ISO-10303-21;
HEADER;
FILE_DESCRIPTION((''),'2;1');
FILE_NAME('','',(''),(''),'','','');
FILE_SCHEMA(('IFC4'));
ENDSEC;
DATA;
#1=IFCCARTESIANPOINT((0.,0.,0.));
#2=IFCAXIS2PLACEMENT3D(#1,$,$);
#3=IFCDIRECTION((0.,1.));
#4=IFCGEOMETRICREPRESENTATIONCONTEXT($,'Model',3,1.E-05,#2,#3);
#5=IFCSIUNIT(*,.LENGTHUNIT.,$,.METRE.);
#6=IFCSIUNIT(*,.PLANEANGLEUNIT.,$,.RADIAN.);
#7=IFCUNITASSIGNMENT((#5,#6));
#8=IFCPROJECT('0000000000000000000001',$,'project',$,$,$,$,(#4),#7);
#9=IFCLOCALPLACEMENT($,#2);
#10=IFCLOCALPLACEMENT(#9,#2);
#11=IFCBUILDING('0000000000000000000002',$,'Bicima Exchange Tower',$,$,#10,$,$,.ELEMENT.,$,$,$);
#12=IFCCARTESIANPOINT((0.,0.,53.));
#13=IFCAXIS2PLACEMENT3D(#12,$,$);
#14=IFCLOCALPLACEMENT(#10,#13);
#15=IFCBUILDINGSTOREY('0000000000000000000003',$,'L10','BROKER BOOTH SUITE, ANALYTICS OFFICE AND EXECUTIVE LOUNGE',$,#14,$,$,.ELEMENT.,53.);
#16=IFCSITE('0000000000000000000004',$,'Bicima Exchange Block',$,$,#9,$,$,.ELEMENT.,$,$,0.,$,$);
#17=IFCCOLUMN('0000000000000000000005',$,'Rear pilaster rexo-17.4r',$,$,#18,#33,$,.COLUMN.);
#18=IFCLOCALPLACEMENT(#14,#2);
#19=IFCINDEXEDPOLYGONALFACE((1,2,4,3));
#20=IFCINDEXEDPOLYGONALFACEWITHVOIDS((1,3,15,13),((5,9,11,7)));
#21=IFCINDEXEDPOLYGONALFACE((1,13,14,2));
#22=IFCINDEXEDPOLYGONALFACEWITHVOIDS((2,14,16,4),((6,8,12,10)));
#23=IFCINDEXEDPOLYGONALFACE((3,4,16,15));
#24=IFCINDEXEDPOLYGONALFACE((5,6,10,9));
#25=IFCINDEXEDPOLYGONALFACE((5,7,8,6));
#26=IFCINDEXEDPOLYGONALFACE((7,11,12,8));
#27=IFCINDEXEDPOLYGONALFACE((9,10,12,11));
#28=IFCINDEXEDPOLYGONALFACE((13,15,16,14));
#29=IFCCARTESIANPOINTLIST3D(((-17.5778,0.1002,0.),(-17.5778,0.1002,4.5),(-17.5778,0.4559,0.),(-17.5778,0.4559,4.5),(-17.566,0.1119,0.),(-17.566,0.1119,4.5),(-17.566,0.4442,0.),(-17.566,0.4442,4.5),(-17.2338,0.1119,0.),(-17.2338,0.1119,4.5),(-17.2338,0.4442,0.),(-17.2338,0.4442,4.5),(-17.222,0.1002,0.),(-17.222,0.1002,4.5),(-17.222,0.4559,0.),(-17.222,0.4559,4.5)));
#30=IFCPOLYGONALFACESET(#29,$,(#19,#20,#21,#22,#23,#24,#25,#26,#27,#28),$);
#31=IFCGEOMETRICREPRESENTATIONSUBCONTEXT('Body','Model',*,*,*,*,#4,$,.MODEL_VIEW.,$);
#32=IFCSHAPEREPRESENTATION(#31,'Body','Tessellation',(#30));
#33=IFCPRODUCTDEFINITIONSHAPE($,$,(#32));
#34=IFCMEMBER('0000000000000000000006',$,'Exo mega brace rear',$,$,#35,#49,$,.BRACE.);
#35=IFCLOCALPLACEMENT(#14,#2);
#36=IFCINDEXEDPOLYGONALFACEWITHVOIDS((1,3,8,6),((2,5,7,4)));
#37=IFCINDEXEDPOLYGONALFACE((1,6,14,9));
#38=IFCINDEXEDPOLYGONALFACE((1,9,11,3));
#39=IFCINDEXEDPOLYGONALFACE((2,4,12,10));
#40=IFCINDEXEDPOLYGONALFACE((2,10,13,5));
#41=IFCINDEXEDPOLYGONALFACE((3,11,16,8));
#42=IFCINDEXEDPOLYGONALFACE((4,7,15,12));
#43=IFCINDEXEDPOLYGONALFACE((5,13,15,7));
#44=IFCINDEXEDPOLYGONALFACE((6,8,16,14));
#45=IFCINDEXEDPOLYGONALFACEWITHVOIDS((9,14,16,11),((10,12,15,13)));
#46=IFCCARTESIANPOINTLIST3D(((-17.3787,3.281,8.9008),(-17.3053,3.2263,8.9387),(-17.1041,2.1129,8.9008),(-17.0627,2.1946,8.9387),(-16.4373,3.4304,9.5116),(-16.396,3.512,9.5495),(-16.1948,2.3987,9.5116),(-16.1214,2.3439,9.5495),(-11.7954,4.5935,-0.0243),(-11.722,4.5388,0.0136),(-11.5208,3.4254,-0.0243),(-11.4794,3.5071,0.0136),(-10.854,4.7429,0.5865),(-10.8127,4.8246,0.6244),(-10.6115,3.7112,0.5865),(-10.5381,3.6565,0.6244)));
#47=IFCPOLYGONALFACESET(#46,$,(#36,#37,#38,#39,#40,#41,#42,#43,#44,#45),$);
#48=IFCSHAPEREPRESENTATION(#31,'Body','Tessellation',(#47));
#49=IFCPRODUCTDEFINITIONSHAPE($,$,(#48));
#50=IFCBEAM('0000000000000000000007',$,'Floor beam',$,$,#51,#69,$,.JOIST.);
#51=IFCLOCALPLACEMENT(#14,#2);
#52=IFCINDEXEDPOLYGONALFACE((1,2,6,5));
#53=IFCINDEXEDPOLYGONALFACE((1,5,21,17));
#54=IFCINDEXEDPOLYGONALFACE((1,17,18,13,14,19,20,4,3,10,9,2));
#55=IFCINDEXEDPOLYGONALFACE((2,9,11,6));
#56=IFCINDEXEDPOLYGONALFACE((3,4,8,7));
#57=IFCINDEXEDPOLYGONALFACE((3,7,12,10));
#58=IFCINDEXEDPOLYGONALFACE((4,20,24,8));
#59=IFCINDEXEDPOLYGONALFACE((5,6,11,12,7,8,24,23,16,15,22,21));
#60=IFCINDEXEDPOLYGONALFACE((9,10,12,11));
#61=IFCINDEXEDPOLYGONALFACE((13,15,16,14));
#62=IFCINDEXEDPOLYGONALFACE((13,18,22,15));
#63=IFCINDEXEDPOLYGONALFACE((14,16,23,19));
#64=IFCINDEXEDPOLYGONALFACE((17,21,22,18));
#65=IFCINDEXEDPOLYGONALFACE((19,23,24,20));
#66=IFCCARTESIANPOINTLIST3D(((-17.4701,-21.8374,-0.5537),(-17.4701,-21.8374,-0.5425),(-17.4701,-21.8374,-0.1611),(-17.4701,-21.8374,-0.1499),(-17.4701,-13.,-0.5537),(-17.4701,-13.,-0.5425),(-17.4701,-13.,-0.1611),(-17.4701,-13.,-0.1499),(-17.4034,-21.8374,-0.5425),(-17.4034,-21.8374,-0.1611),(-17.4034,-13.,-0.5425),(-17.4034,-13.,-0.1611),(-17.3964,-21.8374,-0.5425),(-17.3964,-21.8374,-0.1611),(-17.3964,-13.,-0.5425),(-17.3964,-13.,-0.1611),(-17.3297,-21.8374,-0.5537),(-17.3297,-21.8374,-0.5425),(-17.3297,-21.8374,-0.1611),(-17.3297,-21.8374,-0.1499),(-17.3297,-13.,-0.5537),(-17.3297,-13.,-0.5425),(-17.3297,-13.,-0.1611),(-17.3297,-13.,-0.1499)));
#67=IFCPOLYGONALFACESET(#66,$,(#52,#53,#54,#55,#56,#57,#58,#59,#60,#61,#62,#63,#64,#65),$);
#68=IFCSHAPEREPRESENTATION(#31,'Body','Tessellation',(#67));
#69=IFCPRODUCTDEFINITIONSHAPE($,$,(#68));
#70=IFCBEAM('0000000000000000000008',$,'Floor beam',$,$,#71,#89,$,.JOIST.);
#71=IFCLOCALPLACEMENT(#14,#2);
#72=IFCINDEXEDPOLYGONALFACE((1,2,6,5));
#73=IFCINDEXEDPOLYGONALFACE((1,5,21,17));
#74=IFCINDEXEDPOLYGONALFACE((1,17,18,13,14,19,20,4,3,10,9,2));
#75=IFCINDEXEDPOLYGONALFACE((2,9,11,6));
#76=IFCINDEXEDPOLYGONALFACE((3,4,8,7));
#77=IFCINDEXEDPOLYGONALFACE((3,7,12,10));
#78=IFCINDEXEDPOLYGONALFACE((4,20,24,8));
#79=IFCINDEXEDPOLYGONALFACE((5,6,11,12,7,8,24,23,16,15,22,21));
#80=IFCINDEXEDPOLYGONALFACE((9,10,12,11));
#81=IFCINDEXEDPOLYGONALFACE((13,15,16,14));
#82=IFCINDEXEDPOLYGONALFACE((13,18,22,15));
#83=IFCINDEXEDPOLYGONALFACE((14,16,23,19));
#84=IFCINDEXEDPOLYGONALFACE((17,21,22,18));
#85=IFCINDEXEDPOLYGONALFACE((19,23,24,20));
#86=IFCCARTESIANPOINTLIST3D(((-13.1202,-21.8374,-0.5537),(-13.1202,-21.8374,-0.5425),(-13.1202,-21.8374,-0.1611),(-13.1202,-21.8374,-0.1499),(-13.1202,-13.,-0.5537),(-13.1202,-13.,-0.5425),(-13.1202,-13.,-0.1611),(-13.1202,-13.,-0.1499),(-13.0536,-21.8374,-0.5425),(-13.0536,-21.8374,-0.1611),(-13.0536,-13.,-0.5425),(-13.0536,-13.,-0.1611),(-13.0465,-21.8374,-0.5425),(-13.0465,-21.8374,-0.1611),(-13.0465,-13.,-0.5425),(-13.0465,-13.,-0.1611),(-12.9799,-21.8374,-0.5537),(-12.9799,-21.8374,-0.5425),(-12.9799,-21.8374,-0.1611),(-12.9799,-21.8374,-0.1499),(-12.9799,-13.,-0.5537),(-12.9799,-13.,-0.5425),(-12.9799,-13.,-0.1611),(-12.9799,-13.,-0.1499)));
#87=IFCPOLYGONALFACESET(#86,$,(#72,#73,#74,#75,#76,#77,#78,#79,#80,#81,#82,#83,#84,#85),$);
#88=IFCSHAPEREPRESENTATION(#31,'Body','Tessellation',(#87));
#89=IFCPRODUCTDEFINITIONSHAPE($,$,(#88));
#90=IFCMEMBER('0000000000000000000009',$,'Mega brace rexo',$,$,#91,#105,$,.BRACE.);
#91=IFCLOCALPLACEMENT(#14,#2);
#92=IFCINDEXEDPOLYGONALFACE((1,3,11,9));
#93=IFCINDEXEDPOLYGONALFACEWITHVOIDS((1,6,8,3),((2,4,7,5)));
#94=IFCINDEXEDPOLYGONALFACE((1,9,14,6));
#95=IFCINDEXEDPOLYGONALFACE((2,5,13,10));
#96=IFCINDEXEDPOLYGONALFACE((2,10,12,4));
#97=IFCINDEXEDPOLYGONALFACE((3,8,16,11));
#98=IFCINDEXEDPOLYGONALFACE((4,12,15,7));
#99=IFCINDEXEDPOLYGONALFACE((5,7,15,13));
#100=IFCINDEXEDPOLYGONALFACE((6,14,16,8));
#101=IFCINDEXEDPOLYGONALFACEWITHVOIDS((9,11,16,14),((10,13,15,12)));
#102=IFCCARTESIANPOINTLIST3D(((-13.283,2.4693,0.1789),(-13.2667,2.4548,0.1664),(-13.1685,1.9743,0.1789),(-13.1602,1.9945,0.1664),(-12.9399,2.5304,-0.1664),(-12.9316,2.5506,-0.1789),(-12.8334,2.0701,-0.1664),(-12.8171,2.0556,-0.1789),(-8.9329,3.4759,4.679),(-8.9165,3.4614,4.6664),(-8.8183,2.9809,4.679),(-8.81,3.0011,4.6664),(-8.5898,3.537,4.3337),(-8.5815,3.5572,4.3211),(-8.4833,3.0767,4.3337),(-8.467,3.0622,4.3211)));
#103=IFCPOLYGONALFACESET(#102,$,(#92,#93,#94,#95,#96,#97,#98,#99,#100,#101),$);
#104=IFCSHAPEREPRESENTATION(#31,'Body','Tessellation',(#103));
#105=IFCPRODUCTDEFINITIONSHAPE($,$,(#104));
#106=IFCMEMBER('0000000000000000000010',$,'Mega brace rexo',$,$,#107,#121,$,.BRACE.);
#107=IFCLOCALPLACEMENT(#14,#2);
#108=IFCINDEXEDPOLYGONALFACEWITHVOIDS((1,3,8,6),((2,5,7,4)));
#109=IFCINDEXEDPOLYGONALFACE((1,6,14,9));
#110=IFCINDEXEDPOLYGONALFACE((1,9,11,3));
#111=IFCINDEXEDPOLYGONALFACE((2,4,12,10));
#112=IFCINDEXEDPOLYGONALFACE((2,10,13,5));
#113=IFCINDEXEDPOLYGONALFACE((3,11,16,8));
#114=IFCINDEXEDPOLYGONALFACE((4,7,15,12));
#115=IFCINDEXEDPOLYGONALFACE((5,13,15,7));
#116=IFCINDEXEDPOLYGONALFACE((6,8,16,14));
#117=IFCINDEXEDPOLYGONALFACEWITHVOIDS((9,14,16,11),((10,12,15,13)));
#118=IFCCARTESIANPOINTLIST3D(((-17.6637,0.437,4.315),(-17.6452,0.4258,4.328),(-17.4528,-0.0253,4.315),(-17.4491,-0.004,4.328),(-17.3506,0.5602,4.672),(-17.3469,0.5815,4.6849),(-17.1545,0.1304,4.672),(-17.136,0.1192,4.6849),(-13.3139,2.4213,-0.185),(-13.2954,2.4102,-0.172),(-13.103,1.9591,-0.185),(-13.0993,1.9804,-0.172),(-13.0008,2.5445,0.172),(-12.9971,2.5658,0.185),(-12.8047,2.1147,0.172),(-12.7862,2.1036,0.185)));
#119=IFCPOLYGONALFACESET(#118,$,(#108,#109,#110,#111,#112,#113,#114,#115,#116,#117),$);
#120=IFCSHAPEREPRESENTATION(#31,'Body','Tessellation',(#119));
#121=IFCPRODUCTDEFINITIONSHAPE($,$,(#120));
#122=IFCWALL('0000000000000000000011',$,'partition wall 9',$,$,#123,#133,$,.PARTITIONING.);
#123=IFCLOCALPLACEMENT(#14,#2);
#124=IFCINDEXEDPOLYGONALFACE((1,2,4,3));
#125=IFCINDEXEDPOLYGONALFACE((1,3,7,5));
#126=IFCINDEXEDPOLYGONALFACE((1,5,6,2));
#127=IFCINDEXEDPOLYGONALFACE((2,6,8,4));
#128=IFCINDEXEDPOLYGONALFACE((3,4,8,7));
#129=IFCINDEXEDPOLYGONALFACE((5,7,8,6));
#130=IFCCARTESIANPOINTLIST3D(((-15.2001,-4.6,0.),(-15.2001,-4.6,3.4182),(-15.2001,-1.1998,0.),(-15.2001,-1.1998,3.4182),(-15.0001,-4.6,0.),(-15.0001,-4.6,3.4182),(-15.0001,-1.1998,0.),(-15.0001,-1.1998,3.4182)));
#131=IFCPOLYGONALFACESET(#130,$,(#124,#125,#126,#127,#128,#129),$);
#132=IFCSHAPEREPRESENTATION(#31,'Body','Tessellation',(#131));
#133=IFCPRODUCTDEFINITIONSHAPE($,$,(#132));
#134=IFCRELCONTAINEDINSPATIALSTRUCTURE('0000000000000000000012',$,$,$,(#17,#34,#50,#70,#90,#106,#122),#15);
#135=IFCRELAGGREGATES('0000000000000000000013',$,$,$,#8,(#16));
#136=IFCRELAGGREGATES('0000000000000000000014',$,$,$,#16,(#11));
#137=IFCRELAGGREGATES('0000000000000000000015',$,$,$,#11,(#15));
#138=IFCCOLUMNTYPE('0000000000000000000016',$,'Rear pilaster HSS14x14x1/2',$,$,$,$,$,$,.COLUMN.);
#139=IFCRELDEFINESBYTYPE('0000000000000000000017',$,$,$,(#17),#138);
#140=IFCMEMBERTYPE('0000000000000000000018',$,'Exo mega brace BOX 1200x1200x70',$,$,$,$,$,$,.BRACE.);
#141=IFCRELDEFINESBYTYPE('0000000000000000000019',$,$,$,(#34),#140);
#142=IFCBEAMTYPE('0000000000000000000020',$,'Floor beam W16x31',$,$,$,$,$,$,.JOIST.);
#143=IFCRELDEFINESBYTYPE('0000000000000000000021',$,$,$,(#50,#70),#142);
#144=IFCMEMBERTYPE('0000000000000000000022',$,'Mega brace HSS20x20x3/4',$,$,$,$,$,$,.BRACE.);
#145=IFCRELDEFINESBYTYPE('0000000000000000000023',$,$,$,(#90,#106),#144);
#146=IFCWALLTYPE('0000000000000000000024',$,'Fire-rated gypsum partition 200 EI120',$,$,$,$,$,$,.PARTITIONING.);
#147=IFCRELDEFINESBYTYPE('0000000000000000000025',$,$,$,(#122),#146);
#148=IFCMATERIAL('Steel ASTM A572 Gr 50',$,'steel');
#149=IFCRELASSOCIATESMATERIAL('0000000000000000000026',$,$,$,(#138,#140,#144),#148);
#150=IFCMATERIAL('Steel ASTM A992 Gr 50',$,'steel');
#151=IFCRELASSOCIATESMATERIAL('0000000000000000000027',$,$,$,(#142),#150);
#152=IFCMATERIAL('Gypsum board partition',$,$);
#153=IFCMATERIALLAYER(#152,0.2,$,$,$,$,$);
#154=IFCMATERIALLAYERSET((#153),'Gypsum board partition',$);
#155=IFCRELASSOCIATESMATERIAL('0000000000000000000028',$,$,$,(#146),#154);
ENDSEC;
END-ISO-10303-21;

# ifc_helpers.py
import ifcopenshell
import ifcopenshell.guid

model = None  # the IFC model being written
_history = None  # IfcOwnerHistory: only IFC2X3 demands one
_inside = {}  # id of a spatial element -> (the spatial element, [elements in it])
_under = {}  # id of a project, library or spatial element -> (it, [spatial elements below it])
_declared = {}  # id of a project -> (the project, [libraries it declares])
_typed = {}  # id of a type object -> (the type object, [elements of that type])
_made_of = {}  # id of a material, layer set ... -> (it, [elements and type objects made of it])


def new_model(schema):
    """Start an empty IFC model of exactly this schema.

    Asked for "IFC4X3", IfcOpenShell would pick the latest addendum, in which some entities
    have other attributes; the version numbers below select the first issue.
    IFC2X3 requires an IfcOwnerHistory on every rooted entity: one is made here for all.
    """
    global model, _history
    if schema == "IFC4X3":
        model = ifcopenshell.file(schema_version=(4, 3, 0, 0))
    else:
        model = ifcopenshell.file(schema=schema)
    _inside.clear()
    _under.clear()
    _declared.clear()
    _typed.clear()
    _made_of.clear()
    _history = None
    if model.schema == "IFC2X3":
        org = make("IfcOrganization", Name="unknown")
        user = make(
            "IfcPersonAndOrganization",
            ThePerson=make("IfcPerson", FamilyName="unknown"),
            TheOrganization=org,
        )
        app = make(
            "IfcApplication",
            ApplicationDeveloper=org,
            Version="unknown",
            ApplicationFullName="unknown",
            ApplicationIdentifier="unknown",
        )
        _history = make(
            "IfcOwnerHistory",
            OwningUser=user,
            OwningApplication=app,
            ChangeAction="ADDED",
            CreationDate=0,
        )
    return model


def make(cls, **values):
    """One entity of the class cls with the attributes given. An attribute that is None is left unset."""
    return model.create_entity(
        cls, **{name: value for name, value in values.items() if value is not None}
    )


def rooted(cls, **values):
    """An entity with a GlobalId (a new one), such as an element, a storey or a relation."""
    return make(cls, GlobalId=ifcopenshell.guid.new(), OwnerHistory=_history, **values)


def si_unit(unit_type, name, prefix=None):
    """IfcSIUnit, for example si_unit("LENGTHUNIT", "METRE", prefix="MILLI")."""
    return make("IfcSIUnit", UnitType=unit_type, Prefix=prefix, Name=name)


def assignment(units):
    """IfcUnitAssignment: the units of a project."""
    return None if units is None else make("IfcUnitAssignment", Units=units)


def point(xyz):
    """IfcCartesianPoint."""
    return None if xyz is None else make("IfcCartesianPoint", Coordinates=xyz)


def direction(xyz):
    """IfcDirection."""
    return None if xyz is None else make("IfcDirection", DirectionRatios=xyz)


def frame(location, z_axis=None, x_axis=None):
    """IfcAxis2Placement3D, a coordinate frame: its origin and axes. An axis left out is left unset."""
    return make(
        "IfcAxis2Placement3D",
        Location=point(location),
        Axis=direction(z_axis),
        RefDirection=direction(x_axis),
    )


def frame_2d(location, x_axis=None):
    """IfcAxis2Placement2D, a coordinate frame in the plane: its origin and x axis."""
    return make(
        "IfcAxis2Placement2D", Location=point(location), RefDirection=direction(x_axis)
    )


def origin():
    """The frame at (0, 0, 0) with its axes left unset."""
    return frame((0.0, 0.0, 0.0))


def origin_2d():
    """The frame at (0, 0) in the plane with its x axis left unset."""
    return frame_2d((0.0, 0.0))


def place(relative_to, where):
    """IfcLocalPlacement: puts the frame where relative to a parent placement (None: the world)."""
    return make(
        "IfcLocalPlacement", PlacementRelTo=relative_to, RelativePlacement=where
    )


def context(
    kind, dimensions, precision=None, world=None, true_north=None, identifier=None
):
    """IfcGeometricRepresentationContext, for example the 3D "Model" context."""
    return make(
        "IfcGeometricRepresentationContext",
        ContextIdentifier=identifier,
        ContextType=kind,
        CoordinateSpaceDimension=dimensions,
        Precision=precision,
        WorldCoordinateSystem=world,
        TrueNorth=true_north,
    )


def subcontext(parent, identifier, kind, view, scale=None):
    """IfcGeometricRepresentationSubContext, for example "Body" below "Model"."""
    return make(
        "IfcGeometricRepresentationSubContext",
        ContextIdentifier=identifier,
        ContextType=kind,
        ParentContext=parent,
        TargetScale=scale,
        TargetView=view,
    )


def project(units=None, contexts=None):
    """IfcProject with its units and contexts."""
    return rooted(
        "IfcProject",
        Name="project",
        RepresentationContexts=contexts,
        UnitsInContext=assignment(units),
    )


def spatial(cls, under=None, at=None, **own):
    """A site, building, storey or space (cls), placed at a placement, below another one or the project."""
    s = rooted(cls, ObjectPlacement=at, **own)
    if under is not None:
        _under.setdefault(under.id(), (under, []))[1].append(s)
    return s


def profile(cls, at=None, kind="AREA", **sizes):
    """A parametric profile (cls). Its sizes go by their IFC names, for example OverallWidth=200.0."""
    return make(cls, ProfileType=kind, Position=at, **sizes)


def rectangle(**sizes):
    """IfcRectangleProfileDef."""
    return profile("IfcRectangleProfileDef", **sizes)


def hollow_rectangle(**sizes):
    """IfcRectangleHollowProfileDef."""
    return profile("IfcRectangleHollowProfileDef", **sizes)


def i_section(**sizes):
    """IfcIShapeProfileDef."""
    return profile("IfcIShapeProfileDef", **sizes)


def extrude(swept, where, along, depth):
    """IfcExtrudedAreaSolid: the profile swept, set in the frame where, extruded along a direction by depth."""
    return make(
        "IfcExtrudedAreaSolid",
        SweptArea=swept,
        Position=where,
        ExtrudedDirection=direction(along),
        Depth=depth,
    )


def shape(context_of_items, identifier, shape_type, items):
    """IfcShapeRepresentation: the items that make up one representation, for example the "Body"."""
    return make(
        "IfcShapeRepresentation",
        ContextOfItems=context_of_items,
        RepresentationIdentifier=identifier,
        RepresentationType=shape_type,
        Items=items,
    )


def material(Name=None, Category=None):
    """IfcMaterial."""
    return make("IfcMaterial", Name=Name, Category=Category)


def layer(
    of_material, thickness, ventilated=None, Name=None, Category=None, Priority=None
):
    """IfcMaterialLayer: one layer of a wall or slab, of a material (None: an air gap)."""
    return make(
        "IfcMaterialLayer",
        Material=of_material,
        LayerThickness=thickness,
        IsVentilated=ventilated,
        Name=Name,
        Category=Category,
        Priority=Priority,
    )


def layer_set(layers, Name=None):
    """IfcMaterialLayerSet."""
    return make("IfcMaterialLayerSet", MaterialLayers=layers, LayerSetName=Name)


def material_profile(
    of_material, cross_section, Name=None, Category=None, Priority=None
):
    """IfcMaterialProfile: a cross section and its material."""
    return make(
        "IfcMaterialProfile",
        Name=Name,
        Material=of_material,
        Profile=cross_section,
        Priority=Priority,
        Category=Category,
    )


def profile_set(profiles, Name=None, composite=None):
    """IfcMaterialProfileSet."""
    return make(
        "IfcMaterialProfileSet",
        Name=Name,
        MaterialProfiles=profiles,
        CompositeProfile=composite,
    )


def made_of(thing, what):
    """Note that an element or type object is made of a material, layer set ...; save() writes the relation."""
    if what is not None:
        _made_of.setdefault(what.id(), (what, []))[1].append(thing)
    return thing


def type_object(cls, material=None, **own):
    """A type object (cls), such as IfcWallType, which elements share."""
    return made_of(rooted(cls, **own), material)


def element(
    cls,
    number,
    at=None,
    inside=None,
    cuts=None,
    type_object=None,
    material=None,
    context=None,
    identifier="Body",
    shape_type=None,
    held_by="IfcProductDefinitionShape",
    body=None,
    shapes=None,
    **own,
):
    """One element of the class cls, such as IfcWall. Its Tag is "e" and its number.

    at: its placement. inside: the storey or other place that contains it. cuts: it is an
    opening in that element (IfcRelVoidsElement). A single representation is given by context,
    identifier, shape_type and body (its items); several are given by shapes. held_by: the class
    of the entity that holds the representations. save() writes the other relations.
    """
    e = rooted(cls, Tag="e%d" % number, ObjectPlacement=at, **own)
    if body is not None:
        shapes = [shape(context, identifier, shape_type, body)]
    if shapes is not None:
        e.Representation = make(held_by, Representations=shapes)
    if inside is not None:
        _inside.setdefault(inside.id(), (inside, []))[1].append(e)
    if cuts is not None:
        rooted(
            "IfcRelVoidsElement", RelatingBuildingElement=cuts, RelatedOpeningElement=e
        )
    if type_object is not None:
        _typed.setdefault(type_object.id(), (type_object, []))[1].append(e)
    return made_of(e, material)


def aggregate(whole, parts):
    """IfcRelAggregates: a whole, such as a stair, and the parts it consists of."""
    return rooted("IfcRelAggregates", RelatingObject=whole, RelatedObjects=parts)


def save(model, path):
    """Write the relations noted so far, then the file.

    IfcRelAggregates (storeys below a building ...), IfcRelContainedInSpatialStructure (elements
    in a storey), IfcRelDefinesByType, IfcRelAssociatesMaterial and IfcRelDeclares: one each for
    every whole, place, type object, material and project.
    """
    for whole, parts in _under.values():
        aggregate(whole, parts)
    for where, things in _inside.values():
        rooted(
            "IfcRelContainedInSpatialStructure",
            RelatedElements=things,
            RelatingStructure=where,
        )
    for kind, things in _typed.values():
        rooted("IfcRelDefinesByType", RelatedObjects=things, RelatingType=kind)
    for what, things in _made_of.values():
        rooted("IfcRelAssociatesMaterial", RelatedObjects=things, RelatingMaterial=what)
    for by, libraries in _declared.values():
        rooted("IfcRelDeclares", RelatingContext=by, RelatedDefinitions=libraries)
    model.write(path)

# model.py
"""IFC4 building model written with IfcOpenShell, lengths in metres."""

from ifc_helpers import new_model, si_unit, direction, frame, frame_2d, origin, origin_2d, place, context, subcontext, project, spatial, rectangle, hollow_rectangle, i_section, extrude, material, layer, layer_set, material_profile, profile_set, type_object, element, save


model = new_model("IFC4")

# Units and contexts
model_context = context("Model", 3, precision=1e-05, world=origin(), true_north=direction((0.0, 1.0)))
body_context = subcontext(model_context, "Body", "Model", "MODEL_VIEW")
ifc_project = project(units=[si_unit("LENGTHUNIT", "METRE"), si_unit("PLANEANGLEUNIT", "RADIAN")], contexts=[model_context])

# Site, building, storey
site_placement = place(None, origin())
site = spatial("IfcSite", under=ifc_project, at=site_placement, Name="Bicima Exchange Block", CompositionType="ELEMENT", RefElevation=0.0)
building_placement = place(site_placement, origin())
building = spatial("IfcBuilding", under=site, at=building_placement, Name="Bicima Exchange Tower", CompositionType="ELEMENT")
storey_placement = place(building_placement, frame((0.0, 0.0, 53.0)))
storey = spatial("IfcBuildingStorey", under=building, at=storey_placement, Name="L10", Description="BROKER BOOTH SUITE, ANALYTICS OFFICE AND EXECUTIVE LOUNGE", CompositionType="ELEMENT", Elevation=53.0)

# Column
ifc_material_1 = material(Name="Steel ASTM A572 Gr 50", Category="steel")
ifc_material_profile_1 = material_profile(ifc_material_1, hollow_rectangle(XDim=0.3557, YDim=0.3557, WallThickness=0.0117, at=origin_2d()))
ifc_profile_set_1 = profile_set([ifc_material_profile_1], Name="Steel ASTM A572 Gr 50")
column_type = type_object("IfcColumnType", Name="Rear pilaster HSS14x14x1/2", PredefinedType="COLUMN", material=ifc_profile_set_1)
column_placement = place(storey_placement, frame((-17.3999, 0.2781, 0.0), z_axis=(0.0, 0.0, 1.0), x_axis=(1.0, 0.0, 0.0)))
element("IfcColumn", 1, at=column_placement, inside=storey, type_object=column_type, Name="Rear pilaster rexo-17.4r", PredefinedType="COLUMN", context=body_context, shape_type="SweptSolid", body=[
    extrude(hollow_rectangle(XDim=0.3557, YDim=0.3557, WallThickness=0.0117, at=origin_2d()), origin(), (0.0, 0.0, 1.0), 4.5),
])

# Member
ifc_material_profile_2 = material_profile(ifc_material_1, hollow_rectangle(XDim=1.2, YDim=1.2, WallThickness=0.0701, at=origin_2d()))
ifc_profile_set_2 = profile_set([ifc_material_profile_2], Name="Steel ASTM A572 Gr 50")
member_type_1 = type_object("IfcMemberType", Name="Exo mega brace BOX 1200x1200x70", PredefinedType="BRACE", material=ifc_profile_set_2)
member_1_placement = place(storey_placement, frame((-11.1667, 4.125, 0.3), z_axis=(-0.526273, -0.123715, 0.841268), x_axis=(0.22884, -0.973464, 0.0)))
element("IfcMember", 2, at=member_1_placement, inside=storey, type_object=member_type_1, Name="Exo mega brace rear", PredefinedType="BRACE", context=body_context, shape_type="SweptSolid", body=[
    extrude(hollow_rectangle(XDim=1.2, YDim=1.2, WallThickness=0.0701, at=origin_2d()), origin(), (0.0, 0.0, 1.0), 10.6091),
])

# Beams
ifc_material_2 = material(Name="Steel ASTM A992 Gr 50", Category="steel")
ifc_material_profile_3 = material_profile(ifc_material_2, i_section(OverallWidth=0.1404, OverallDepth=0.4038, WebThickness=0.0071, FlangeThickness=0.0112, at=origin_2d()))
ifc_profile_set_3 = profile_set([ifc_material_profile_3], Name="Steel ASTM A992 Gr 50")
beam_type = type_object("IfcBeamType", Name="Floor beam W16x31", PredefinedType="JOIST", material=ifc_profile_set_3)
for number, where, z_axis, x_axis, name in (
    (3, (-17.3999, -13.0, -0.3518), (0.0, -1.0, 0.0), (1.0, 0.0, 0.0), "Floor beam"),
    (4, (-13.05, -13.0, -0.3518), (0.0, -1.0, 0.0), (1.0, 0.0, 0.0), "Floor beam"),
):
    element("IfcBeam", number, at=place(storey_placement, frame(where, z_axis=z_axis, x_axis=x_axis)), inside=storey, type_object=beam_type, Name=name, PredefinedType="JOIST", context=body_context, shape_type="SweptSolid", body=[
        extrude(i_section(OverallWidth=0.1404, OverallDepth=0.4038, WebThickness=0.0071, FlangeThickness=0.0112, at=origin_2d()), origin(), (0.0, 0.0, 1.0), 8.8374),
    ])

# Members
ifc_material_profile_4 = material_profile(ifc_material_1, hollow_rectangle(XDim=0.5081, YDim=0.5081, WallThickness=0.0178, at=origin_2d()))
ifc_profile_set_4 = profile_set([ifc_material_profile_4], Name="Steel ASTM A572 Gr 50")
member_type_2 = type_object("IfcMemberType", Name="Mega brace HSS20x20x3/4", PredefinedType="BRACE", material=ifc_profile_set_4)
member_2_placement = place(storey_placement, frame((-13.05, 2.2625, 0.0), z_axis=(0.686212, 0.158786, 0.709859), x_axis=(-0.225439, 0.974257, 0.0)))
element("IfcMember", 5, at=member_2_placement, inside=storey, type_object=member_type_2, Name="Mega brace rexo", PredefinedType="BRACE", context=body_context, shape_type="SweptSolid", body=[
    extrude(hollow_rectangle(XDim=0.5081, YDim=0.5081, WallThickness=0.0178, at=origin_2d()), origin(), (0.0, 0.0, 1.0), 6.3394),
])
member_3_placement = place(storey_placement, frame((-13.05, 2.2625, 0.0), z_axis=(-0.662508, -0.302232, 0.685376), x_axis=(0.415045, -0.909801, 0.0)))
element("IfcMember", 6, at=member_3_placement, inside=storey, type_object=member_type_2, Name="Mega brace rexo", PredefinedType="BRACE", context=body_context, shape_type="SweptSolid", body=[
    extrude(hollow_rectangle(XDim=0.5081, YDim=0.5081, WallThickness=0.0178, at=origin_2d()), origin(), (0.0, 0.0, 1.0), 6.5657),
])

# Wall
ifc_material_3 = material(Name="Gypsum board partition")
ifc_layer_1 = layer(ifc_material_3, 0.2)
ifc_layer_set_1 = layer_set([ifc_layer_1], Name="Gypsum board partition")
wall_type_1 = type_object("IfcWallType", Name="Fire-rated gypsum partition 200 EI120", PredefinedType="PARTITIONING", material=ifc_layer_set_1)
wall_1_placement = place(storey_placement, frame((-15.1001, -4.6001, 0.0), z_axis=(0.0, 0.0, 1.0), x_axis=(0.0, 1.0, 0.0)))
element("IfcWall", 7, at=wall_1_placement, inside=storey, type_object=wall_type_1, Name="partition wall 9", PredefinedType="PARTITIONING", context=body_context, shape_type="SweptSolid", body=[
    extrude(rectangle(XDim=3.4001, YDim=0.2, at=frame_2d((1.7002, 0.0))), origin(), (0.0, 0.0, 1.0), 3.4182),
])

save(model, "model.ifc")
